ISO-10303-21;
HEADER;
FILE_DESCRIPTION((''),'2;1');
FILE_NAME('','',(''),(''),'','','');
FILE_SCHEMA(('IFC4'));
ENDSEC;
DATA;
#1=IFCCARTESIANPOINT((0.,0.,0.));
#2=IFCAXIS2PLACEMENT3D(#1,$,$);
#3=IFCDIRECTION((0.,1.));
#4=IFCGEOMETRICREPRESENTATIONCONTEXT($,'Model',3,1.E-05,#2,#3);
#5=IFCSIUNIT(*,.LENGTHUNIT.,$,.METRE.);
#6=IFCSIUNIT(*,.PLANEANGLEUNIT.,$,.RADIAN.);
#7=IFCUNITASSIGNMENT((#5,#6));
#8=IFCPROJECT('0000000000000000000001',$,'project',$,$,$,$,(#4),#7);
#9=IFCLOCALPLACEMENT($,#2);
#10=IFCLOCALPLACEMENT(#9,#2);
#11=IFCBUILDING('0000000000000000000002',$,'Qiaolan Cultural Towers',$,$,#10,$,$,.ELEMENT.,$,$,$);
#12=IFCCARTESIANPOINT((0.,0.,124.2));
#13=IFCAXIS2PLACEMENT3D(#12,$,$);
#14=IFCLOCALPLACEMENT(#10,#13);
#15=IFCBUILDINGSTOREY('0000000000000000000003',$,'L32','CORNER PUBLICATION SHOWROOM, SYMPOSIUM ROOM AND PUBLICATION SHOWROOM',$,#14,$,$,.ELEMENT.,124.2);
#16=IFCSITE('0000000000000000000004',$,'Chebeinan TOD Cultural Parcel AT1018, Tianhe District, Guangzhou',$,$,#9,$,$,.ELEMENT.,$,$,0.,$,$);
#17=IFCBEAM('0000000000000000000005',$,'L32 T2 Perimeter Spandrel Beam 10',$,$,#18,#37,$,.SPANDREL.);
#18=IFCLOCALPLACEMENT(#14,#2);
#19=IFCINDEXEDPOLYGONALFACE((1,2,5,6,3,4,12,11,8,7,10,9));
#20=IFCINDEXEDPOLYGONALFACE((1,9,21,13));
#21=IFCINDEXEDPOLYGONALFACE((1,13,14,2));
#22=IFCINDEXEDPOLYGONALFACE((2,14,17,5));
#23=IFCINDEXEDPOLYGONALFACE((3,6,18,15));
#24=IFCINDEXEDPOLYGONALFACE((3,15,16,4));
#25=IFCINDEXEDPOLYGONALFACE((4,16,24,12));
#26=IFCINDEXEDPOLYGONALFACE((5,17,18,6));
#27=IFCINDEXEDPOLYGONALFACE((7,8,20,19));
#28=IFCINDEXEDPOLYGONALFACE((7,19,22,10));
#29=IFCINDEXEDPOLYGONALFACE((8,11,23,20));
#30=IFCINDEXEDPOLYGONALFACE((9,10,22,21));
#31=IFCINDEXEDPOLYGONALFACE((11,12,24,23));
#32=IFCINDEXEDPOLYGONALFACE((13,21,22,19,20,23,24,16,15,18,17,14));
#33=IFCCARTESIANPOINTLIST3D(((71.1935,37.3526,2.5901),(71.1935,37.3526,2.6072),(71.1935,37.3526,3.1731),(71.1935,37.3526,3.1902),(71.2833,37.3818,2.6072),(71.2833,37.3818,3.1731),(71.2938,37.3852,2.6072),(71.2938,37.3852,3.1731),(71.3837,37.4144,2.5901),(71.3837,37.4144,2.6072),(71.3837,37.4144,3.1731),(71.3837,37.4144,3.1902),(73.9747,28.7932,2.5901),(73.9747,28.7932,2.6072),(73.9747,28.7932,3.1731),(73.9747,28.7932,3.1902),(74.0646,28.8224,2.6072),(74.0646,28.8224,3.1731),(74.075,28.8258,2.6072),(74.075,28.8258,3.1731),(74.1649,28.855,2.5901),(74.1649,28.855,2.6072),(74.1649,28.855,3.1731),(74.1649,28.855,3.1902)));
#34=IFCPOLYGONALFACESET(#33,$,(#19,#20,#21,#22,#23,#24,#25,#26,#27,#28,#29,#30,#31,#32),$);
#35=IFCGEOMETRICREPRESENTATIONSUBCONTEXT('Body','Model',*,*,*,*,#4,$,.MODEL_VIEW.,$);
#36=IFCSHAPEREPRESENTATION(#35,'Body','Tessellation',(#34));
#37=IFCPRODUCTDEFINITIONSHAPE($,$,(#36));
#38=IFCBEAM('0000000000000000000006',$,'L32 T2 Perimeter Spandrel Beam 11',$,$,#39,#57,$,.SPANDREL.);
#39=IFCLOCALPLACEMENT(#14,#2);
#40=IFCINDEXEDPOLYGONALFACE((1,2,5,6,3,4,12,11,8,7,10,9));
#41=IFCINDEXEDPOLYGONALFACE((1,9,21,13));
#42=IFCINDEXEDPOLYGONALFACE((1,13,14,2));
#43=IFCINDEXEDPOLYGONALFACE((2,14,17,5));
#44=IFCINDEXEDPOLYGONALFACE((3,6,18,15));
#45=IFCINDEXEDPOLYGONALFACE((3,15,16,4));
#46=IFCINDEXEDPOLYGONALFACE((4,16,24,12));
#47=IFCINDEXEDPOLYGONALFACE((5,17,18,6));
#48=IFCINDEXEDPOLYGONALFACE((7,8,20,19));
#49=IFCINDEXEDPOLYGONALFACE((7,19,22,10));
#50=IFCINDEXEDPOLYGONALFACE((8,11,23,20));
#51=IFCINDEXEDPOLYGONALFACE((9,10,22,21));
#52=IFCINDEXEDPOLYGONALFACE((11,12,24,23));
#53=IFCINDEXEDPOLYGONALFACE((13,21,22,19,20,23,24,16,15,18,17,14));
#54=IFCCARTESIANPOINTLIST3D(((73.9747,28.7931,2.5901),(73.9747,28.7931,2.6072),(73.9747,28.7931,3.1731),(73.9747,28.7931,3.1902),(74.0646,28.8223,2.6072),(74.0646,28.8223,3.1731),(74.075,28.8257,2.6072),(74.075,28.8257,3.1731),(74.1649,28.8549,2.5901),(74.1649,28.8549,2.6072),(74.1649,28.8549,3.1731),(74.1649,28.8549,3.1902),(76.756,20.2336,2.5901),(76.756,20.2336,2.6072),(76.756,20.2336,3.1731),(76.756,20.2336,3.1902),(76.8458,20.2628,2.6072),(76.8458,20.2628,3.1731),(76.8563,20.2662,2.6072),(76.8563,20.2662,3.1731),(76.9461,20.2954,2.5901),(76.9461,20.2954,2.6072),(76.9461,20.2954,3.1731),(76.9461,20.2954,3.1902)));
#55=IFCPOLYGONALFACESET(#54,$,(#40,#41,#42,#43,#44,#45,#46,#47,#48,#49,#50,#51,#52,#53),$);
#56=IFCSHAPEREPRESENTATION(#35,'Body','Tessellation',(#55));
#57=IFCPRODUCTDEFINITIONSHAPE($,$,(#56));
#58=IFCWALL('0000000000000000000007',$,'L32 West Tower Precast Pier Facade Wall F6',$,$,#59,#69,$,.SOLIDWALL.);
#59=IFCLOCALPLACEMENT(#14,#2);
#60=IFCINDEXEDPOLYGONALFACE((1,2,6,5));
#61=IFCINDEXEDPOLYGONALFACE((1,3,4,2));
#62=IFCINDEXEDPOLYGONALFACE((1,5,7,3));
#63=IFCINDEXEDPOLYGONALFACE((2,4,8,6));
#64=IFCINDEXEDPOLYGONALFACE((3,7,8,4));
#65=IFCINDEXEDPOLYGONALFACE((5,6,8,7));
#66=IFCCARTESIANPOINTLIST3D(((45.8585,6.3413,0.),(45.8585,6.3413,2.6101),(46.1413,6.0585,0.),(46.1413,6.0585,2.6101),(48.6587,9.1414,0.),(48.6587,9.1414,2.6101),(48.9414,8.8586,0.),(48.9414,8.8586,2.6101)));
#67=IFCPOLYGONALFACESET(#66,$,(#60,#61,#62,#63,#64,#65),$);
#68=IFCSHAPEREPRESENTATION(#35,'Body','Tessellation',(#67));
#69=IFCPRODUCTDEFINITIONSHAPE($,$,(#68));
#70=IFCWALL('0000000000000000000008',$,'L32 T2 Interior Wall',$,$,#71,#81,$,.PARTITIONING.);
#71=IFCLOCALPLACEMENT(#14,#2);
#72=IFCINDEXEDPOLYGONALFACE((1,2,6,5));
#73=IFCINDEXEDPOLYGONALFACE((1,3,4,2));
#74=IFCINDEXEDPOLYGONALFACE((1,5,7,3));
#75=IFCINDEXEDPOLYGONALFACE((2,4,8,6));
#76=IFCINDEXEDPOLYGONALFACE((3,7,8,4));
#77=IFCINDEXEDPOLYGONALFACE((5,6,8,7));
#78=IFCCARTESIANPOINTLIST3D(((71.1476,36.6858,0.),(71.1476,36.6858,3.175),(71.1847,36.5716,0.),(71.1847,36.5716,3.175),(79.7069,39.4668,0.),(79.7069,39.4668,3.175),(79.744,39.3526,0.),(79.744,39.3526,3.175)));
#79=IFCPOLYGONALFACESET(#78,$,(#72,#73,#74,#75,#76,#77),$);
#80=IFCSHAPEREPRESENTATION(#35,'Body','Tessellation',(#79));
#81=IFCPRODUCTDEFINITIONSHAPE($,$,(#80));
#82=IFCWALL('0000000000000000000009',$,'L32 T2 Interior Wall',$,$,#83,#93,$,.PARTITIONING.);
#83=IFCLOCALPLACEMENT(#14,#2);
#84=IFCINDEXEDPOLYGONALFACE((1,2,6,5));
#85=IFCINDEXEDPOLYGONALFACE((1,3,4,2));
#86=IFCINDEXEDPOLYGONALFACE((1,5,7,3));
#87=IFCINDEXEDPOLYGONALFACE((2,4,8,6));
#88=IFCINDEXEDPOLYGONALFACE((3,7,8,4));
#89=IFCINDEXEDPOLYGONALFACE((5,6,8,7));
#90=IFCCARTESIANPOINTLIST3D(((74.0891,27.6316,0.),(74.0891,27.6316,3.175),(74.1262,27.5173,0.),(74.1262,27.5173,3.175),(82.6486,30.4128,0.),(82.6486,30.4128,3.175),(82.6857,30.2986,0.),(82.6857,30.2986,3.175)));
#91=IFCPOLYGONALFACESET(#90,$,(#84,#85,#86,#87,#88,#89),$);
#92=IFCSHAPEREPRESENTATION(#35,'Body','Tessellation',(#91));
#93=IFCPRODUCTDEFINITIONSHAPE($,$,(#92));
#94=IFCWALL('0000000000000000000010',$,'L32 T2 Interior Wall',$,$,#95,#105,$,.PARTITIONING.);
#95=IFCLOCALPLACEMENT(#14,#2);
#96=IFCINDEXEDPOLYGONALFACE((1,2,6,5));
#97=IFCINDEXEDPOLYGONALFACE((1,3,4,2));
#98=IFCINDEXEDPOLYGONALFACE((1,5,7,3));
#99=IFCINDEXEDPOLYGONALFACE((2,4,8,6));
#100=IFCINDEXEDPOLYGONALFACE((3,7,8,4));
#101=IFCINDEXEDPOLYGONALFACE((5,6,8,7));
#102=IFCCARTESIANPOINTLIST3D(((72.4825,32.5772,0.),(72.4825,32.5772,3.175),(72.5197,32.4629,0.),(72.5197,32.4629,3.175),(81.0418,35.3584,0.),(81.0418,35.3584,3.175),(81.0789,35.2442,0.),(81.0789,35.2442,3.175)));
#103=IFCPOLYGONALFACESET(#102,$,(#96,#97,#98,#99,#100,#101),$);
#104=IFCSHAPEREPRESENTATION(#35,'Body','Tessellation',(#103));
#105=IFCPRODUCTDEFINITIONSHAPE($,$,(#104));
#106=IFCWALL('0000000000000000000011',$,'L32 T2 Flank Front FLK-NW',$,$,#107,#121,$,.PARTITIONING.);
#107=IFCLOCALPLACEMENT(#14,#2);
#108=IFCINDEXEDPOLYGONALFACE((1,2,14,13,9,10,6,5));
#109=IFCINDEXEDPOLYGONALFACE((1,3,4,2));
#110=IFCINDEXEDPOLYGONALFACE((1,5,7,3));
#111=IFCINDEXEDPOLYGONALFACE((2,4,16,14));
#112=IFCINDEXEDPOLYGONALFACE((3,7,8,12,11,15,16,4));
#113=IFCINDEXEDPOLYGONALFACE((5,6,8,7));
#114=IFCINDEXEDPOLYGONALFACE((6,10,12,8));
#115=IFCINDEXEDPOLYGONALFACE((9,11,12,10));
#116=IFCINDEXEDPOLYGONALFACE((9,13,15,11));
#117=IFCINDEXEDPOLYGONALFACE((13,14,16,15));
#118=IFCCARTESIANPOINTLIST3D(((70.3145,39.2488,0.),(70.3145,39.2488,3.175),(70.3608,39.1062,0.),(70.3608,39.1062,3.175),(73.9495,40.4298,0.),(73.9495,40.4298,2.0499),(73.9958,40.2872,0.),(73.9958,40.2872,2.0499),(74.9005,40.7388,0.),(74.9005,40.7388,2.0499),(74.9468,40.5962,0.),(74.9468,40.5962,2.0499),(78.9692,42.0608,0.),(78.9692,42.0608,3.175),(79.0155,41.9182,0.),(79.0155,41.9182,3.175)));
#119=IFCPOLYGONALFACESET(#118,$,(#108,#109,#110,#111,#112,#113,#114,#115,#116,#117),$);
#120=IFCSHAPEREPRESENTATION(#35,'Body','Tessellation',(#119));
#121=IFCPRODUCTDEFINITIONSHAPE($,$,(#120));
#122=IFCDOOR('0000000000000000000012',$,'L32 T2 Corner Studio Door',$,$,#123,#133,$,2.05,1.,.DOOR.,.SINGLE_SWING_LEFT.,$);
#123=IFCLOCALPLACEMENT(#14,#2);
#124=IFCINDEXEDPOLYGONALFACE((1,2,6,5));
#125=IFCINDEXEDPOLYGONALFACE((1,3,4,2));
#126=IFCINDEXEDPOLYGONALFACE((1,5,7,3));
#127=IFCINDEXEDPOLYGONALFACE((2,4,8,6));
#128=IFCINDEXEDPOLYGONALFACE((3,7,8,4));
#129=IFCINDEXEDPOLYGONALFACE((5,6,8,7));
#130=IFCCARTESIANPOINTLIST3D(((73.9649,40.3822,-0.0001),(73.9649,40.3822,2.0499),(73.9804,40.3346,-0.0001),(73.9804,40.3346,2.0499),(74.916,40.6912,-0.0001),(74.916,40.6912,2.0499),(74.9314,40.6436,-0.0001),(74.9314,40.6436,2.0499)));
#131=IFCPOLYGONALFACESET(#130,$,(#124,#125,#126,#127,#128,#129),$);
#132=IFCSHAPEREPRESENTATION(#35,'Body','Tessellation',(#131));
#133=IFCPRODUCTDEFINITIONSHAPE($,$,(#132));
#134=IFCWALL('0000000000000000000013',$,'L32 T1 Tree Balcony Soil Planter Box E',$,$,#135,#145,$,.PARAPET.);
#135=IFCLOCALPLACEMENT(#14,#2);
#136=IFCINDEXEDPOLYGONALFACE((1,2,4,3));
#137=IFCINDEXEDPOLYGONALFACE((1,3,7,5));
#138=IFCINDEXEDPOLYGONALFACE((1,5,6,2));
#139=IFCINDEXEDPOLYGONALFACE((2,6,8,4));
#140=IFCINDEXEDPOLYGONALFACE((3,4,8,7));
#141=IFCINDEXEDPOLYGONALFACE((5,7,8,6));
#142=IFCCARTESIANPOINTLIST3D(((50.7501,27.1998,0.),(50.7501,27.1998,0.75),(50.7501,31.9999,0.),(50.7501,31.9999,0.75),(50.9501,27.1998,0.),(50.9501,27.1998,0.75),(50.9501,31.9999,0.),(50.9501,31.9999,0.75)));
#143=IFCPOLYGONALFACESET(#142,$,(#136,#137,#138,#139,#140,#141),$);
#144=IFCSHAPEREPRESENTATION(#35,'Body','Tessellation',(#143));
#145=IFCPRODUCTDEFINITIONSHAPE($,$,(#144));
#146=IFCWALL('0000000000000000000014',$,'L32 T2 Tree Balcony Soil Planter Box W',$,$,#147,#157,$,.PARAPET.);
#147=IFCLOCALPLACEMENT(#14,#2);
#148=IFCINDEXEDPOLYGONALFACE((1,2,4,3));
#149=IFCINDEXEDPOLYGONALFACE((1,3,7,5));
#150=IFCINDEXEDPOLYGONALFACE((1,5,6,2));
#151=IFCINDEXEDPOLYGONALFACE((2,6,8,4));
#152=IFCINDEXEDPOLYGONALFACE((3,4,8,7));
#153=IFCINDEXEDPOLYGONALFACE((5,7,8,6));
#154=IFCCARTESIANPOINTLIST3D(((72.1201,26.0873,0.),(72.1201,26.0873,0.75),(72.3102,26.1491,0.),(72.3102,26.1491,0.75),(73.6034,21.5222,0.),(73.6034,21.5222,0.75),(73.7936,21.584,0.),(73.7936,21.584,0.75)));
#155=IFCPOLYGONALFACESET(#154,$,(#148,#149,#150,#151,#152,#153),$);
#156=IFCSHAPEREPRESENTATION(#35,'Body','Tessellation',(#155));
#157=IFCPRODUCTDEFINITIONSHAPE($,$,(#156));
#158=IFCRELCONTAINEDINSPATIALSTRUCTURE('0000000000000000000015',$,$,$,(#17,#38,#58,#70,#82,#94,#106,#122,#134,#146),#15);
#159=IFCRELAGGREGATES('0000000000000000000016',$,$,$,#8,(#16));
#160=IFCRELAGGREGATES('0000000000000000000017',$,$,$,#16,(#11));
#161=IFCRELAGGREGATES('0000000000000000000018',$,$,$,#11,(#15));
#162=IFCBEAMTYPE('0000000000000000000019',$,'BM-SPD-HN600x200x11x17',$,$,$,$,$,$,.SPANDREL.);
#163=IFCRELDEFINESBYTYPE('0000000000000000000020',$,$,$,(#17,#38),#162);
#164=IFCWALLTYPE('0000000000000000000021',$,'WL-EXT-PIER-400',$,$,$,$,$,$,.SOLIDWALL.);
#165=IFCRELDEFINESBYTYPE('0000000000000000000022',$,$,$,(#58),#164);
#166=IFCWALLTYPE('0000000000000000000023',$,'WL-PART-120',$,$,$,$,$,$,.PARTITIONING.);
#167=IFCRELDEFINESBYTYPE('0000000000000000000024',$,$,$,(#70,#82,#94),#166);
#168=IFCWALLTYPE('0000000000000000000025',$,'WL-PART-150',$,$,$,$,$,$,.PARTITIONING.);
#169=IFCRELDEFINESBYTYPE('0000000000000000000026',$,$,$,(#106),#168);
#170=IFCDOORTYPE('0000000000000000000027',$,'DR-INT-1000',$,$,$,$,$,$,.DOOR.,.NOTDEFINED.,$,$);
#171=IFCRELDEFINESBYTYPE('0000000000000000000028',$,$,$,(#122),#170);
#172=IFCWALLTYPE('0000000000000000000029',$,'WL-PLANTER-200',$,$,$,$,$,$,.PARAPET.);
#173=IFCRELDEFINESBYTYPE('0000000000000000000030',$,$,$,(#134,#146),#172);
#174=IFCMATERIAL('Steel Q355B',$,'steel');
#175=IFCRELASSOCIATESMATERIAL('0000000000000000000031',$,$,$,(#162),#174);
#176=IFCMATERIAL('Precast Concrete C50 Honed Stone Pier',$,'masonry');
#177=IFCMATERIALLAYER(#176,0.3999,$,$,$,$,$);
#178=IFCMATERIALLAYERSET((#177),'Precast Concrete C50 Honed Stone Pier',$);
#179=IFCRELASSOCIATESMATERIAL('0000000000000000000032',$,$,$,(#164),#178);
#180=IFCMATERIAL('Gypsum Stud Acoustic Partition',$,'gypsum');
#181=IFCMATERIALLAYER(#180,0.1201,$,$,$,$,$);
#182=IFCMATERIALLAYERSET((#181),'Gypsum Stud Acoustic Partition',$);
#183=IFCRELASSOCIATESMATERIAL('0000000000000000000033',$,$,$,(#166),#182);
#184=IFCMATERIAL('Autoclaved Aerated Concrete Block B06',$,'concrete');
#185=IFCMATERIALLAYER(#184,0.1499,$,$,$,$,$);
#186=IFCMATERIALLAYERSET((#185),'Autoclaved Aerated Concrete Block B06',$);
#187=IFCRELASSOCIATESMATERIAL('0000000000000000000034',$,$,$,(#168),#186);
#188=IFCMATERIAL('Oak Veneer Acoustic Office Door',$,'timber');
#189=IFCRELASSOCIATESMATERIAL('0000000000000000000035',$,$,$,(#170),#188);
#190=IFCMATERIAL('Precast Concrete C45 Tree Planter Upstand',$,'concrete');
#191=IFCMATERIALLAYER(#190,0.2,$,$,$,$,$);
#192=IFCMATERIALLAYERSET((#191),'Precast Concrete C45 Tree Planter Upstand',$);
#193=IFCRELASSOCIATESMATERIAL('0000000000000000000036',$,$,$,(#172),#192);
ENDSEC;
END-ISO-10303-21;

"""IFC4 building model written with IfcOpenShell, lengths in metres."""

from ifc_helpers import new_model, si_unit, direction, frame, frame_2d, origin, origin_2d, place, context, subcontext, project, spatial, rectangle, i_section, extrude, material, layer, layer_set, material_profile, profile_set, type_object, element, fill, save


model = new_model("IFC4")

# Units and contexts
model_context = context("Model", 3, precision=1e-05, world=origin(), true_north=direction((0.0, 1.0)))
body_context = subcontext(model_context, "Body", "Model", "MODEL_VIEW")
ifc_project = project(units=[si_unit("LENGTHUNIT", "METRE"), si_unit("PLANEANGLEUNIT", "RADIAN")], contexts=[model_context])

# Site, building, storey
site_placement = place(None, origin())
site = spatial("IfcSite", under=ifc_project, at=site_placement, Name="Chebeinan TOD Cultural Parcel AT1018, Tianhe District, Guangzhou", CompositionType="ELEMENT", RefElevation=0.0)
building_placement = place(site_placement, origin())
building = spatial("IfcBuilding", under=site, at=building_placement, Name="Qiaolan Cultural Towers", CompositionType="ELEMENT")
storey_placement = place(building_placement, frame((0.0, 0.0, 124.2)))
storey = spatial("IfcBuildingStorey", under=building, at=storey_placement, Name="L32", Description="CORNER PUBLICATION SHOWROOM, SYMPOSIUM ROOM AND PUBLICATION SHOWROOM", CompositionType="ELEMENT", Elevation=124.2)

# Beams
ifc_material_1 = material(Name="Steel Q355B", Category="steel")
ifc_material_profile_1 = material_profile(ifc_material_1, i_section(OverallWidth=0.2, OverallDepth=0.6001, WebThickness=0.011, FlangeThickness=0.0171, at=origin_2d()), Name="HN600x200x11x17")
ifc_profile_set_1 = profile_set([ifc_material_profile_1], Name="Steel Q355B")
beam_type_1 = type_object("IfcBeamType", Name="BM-SPD-HN600x200x11x17", PredefinedType="SPANDREL", material=ifc_profile_set_1)
for number, where, z_axis, x_axis, name in (
    (1, (71.2886, 37.3835, 2.8901), (0.309025, -0.951054, 0.0), (0.951054, 0.309025, 0.0), "L32 T2 Perimeter Spandrel Beam 10"),
    (2, (74.0698, 28.824, 2.8901), (0.309025, -0.951054, 0.0), (0.951054, 0.309025, 0.0), "L32 T2 Perimeter Spandrel Beam 11"),
):
    element("IfcBeam", number, at=place(storey_placement, frame(where, z_axis=z_axis, x_axis=x_axis)), inside=storey, type_object=beam_type_1, Name=name, PredefinedType="SPANDREL", context=body_context, shape_type="SweptSolid", body=[
        extrude(i_section(OverallWidth=0.2, OverallDepth=0.6001, WebThickness=0.011, FlangeThickness=0.0171, at=origin_2d()), origin(), (0.0, 0.0, 1.0), 9.0),
    ])

# Walls
ifc_material_2 = material(Name="Precast Concrete C50 Honed Stone Pier", Category="masonry")
ifc_layer_1 = layer(ifc_material_2, 0.3999)
ifc_layer_set_1 = layer_set([ifc_layer_1], Name="Precast Concrete C50 Honed Stone Pier")
wall_type_1 = type_object("IfcWallType", Name="WL-EXT-PIER-400", PredefinedType="SOLIDWALL", material=ifc_layer_set_1)
wall_1_placement = place(storey_placement, frame((48.8, 9.0, 0.0), z_axis=(0.0, 0.0, 1.0), x_axis=(-0.707107, -0.707107, 0.0)))
element("IfcWall", 3, at=wall_1_placement, inside=storey, type_object=wall_type_1, Name="L32 West Tower Precast Pier Facade Wall F6", PredefinedType="SOLIDWALL", context=body_context, shape_type="SweptSolid", body=[
    extrude(rectangle(XDim=3.96, YDim=0.3999, at=frame_2d((1.98, 0.0))), origin(), (0.0, 0.0, 1.0), 2.6101),
])
ifc_material_3 = material(Name="Gypsum Stud Acoustic Partition", Category="gypsum")
ifc_layer_2 = layer(ifc_material_3, 0.1201)
ifc_layer_set_2 = layer_set([ifc_layer_2], Name="Gypsum Stud Acoustic Partition")
wall_type_2 = type_object("IfcWallType", Name="WL-PART-120", PredefinedType="PARTITIONING", material=ifc_layer_set_2)
wall_2_placement = place(storey_placement, frame((71.166, 36.6287, 0.0), z_axis=(0.0, 0.0, 1.0), x_axis=(0.951059, 0.309008, 0.0)))
element("IfcWall", 4, at=wall_2_placement, inside=storey, type_object=wall_type_2, Name="L32 T2 Interior Wall", PredefinedType="PARTITIONING", context=body_context, shape_type="SweptSolid", body=[
    extrude(rectangle(XDim=8.9998, YDim=0.1201, at=frame_2d((4.5, 0.0))), origin(), (0.0, 0.0, 1.0), 3.175),
])
wall_3_placement = place(storey_placement, frame((74.1077, 27.5745, 0.0), z_axis=(0.0, 0.0, 1.0), x_axis=(0.951054, 0.309025, 0.0)))
element("IfcWall", 5, at=wall_3_placement, inside=storey, type_object=wall_type_2, Name="L32 T2 Interior Wall", PredefinedType="PARTITIONING", context=body_context, shape_type="SweptSolid", body=[
    extrude(rectangle(XDim=9.0, YDim=0.1201, at=frame_2d((4.5, 0.0))), origin(), (0.0, 0.0, 1.0), 3.175),
])
wall_4_placement = place(storey_placement, frame((72.501, 32.52, 0.0), z_axis=(0.0, 0.0, 1.0), x_axis=(0.951051, 0.309033, 0.0)))
element("IfcWall", 6, at=wall_4_placement, inside=storey, type_object=wall_type_2, Name="L32 T2 Interior Wall", PredefinedType="PARTITIONING", context=body_context, shape_type="SweptSolid", body=[
    extrude(rectangle(XDim=8.9998, YDim=0.1201, at=frame_2d((4.5, 0.0))), origin(), (0.0, 0.0, 1.0), 3.175),
])

# Wall, opening, door
ifc_material_4 = material(Name="Autoclaved Aerated Concrete Block B06", Category="concrete")
ifc_layer_3 = layer(ifc_material_4, 0.1499)
ifc_layer_set_3 = layer_set([ifc_layer_3], Name="Autoclaved Aerated Concrete Block B06")
wall_type_3 = type_object("IfcWallType", Name="WL-PART-150", PredefinedType="PARTITIONING", material=ifc_layer_set_3)
wall_5_placement = place(storey_placement, frame((70.3376, 39.1775, 0.0), z_axis=(0.0, 0.0, 1.0), x_axis=(0.95106, 0.309007, 0.0)))
wall_5 = element("IfcWall", 7, at=wall_5_placement, inside=storey, type_object=wall_type_3, Name="L32 T2 Flank Front FLK-NW", PredefinedType="PARTITIONING", context=body_context, shape_type="SweptSolid", body=[
    extrude(rectangle(XDim=9.1001, YDim=0.1499, at=frame_2d((4.55, 0.0))), origin(), (0.0, 0.0, 1.0), 3.175),
])
opening_placement = place(wall_5_placement, frame((3.822, 0.0, 0.0)))
opening = element("IfcOpeningElement", 8, at=opening_placement, cuts=wall_5, PredefinedType="OPENING", context=body_context, shape_type="SweptSolid", body=[
    extrude(rectangle(XDim=1.0, YDim=2.05, at=frame_2d((0.5, 1.0249))), frame((0.0, 0.085, 0.0), z_axis=(0.0, -1.0, 0.0), x_axis=(1.0, 0.0, 0.0)), (0.0, 0.0, 1.0), 0.1699),
])
ifc_material_5 = material(Name="Oak Veneer Acoustic Office Door", Category="timber")
door_type = type_object("IfcDoorType", Name="DR-INT-1000", OperationType="NOTDEFINED", PredefinedType="DOOR", material=ifc_material_5)
door_placement = place(opening_placement, origin())
door = element("IfcDoor", 9, at=door_placement, inside=storey, type_object=door_type, Name="L32 T2 Corner Studio Door", OperationType="SINGLE_SWING_LEFT", OverallHeight=2.05, OverallWidth=1.0, PredefinedType="DOOR", context=body_context, shape_type="SweptSolid", body=[
    extrude(rectangle(XDim=1.0, YDim=2.05, at=frame_2d((0.5, 1.0249))), frame((0.0, 0.0249, 0.0), z_axis=(0.0, -1.0, 0.0), x_axis=(1.0, 0.0, 0.0)), (0.0, 0.0, 1.0), 0.05),
])
fill(opening, door)

# Walls
ifc_material_6 = material(Name="Precast Concrete C45 Tree Planter Upstand", Category="concrete")
ifc_layer_4 = layer(ifc_material_6, 0.2)
ifc_layer_set_4 = layer_set([ifc_layer_4], Name="Precast Concrete C45 Tree Planter Upstand")
wall_type_4 = type_object("IfcWallType", Name="WL-PLANTER-200", PredefinedType="PARAPET", material=ifc_layer_set_4)
for number, where, z_axis, x_axis, name in (
    (10, (50.8501, 27.2, 0.0), (0.0, 0.0, 1.0), (0.0, 1.0, 0.0), "L32 T1 Tree Balcony Soil Planter Box E"),
    (11, (73.6985, 21.5532, 0.0), (0.0, 0.0, 1.0), (-0.309032, 0.951052, 0.0), "L32 T2 Tree Balcony Soil Planter Box W"),
):
    element("IfcWall", number, at=place(storey_placement, frame(where, z_axis=z_axis, x_axis=x_axis)), inside=storey, type_object=wall_type_4, Name=name, PredefinedType="PARAPET", context=body_context, shape_type="SweptSolid", body=[
        extrude(rectangle(XDim=4.8, YDim=0.2, at=frame_2d((2.3999, 0.0))), origin(), (0.0, 0.0, 1.0), 0.75),
    ])

save(model, "model.ifc")
